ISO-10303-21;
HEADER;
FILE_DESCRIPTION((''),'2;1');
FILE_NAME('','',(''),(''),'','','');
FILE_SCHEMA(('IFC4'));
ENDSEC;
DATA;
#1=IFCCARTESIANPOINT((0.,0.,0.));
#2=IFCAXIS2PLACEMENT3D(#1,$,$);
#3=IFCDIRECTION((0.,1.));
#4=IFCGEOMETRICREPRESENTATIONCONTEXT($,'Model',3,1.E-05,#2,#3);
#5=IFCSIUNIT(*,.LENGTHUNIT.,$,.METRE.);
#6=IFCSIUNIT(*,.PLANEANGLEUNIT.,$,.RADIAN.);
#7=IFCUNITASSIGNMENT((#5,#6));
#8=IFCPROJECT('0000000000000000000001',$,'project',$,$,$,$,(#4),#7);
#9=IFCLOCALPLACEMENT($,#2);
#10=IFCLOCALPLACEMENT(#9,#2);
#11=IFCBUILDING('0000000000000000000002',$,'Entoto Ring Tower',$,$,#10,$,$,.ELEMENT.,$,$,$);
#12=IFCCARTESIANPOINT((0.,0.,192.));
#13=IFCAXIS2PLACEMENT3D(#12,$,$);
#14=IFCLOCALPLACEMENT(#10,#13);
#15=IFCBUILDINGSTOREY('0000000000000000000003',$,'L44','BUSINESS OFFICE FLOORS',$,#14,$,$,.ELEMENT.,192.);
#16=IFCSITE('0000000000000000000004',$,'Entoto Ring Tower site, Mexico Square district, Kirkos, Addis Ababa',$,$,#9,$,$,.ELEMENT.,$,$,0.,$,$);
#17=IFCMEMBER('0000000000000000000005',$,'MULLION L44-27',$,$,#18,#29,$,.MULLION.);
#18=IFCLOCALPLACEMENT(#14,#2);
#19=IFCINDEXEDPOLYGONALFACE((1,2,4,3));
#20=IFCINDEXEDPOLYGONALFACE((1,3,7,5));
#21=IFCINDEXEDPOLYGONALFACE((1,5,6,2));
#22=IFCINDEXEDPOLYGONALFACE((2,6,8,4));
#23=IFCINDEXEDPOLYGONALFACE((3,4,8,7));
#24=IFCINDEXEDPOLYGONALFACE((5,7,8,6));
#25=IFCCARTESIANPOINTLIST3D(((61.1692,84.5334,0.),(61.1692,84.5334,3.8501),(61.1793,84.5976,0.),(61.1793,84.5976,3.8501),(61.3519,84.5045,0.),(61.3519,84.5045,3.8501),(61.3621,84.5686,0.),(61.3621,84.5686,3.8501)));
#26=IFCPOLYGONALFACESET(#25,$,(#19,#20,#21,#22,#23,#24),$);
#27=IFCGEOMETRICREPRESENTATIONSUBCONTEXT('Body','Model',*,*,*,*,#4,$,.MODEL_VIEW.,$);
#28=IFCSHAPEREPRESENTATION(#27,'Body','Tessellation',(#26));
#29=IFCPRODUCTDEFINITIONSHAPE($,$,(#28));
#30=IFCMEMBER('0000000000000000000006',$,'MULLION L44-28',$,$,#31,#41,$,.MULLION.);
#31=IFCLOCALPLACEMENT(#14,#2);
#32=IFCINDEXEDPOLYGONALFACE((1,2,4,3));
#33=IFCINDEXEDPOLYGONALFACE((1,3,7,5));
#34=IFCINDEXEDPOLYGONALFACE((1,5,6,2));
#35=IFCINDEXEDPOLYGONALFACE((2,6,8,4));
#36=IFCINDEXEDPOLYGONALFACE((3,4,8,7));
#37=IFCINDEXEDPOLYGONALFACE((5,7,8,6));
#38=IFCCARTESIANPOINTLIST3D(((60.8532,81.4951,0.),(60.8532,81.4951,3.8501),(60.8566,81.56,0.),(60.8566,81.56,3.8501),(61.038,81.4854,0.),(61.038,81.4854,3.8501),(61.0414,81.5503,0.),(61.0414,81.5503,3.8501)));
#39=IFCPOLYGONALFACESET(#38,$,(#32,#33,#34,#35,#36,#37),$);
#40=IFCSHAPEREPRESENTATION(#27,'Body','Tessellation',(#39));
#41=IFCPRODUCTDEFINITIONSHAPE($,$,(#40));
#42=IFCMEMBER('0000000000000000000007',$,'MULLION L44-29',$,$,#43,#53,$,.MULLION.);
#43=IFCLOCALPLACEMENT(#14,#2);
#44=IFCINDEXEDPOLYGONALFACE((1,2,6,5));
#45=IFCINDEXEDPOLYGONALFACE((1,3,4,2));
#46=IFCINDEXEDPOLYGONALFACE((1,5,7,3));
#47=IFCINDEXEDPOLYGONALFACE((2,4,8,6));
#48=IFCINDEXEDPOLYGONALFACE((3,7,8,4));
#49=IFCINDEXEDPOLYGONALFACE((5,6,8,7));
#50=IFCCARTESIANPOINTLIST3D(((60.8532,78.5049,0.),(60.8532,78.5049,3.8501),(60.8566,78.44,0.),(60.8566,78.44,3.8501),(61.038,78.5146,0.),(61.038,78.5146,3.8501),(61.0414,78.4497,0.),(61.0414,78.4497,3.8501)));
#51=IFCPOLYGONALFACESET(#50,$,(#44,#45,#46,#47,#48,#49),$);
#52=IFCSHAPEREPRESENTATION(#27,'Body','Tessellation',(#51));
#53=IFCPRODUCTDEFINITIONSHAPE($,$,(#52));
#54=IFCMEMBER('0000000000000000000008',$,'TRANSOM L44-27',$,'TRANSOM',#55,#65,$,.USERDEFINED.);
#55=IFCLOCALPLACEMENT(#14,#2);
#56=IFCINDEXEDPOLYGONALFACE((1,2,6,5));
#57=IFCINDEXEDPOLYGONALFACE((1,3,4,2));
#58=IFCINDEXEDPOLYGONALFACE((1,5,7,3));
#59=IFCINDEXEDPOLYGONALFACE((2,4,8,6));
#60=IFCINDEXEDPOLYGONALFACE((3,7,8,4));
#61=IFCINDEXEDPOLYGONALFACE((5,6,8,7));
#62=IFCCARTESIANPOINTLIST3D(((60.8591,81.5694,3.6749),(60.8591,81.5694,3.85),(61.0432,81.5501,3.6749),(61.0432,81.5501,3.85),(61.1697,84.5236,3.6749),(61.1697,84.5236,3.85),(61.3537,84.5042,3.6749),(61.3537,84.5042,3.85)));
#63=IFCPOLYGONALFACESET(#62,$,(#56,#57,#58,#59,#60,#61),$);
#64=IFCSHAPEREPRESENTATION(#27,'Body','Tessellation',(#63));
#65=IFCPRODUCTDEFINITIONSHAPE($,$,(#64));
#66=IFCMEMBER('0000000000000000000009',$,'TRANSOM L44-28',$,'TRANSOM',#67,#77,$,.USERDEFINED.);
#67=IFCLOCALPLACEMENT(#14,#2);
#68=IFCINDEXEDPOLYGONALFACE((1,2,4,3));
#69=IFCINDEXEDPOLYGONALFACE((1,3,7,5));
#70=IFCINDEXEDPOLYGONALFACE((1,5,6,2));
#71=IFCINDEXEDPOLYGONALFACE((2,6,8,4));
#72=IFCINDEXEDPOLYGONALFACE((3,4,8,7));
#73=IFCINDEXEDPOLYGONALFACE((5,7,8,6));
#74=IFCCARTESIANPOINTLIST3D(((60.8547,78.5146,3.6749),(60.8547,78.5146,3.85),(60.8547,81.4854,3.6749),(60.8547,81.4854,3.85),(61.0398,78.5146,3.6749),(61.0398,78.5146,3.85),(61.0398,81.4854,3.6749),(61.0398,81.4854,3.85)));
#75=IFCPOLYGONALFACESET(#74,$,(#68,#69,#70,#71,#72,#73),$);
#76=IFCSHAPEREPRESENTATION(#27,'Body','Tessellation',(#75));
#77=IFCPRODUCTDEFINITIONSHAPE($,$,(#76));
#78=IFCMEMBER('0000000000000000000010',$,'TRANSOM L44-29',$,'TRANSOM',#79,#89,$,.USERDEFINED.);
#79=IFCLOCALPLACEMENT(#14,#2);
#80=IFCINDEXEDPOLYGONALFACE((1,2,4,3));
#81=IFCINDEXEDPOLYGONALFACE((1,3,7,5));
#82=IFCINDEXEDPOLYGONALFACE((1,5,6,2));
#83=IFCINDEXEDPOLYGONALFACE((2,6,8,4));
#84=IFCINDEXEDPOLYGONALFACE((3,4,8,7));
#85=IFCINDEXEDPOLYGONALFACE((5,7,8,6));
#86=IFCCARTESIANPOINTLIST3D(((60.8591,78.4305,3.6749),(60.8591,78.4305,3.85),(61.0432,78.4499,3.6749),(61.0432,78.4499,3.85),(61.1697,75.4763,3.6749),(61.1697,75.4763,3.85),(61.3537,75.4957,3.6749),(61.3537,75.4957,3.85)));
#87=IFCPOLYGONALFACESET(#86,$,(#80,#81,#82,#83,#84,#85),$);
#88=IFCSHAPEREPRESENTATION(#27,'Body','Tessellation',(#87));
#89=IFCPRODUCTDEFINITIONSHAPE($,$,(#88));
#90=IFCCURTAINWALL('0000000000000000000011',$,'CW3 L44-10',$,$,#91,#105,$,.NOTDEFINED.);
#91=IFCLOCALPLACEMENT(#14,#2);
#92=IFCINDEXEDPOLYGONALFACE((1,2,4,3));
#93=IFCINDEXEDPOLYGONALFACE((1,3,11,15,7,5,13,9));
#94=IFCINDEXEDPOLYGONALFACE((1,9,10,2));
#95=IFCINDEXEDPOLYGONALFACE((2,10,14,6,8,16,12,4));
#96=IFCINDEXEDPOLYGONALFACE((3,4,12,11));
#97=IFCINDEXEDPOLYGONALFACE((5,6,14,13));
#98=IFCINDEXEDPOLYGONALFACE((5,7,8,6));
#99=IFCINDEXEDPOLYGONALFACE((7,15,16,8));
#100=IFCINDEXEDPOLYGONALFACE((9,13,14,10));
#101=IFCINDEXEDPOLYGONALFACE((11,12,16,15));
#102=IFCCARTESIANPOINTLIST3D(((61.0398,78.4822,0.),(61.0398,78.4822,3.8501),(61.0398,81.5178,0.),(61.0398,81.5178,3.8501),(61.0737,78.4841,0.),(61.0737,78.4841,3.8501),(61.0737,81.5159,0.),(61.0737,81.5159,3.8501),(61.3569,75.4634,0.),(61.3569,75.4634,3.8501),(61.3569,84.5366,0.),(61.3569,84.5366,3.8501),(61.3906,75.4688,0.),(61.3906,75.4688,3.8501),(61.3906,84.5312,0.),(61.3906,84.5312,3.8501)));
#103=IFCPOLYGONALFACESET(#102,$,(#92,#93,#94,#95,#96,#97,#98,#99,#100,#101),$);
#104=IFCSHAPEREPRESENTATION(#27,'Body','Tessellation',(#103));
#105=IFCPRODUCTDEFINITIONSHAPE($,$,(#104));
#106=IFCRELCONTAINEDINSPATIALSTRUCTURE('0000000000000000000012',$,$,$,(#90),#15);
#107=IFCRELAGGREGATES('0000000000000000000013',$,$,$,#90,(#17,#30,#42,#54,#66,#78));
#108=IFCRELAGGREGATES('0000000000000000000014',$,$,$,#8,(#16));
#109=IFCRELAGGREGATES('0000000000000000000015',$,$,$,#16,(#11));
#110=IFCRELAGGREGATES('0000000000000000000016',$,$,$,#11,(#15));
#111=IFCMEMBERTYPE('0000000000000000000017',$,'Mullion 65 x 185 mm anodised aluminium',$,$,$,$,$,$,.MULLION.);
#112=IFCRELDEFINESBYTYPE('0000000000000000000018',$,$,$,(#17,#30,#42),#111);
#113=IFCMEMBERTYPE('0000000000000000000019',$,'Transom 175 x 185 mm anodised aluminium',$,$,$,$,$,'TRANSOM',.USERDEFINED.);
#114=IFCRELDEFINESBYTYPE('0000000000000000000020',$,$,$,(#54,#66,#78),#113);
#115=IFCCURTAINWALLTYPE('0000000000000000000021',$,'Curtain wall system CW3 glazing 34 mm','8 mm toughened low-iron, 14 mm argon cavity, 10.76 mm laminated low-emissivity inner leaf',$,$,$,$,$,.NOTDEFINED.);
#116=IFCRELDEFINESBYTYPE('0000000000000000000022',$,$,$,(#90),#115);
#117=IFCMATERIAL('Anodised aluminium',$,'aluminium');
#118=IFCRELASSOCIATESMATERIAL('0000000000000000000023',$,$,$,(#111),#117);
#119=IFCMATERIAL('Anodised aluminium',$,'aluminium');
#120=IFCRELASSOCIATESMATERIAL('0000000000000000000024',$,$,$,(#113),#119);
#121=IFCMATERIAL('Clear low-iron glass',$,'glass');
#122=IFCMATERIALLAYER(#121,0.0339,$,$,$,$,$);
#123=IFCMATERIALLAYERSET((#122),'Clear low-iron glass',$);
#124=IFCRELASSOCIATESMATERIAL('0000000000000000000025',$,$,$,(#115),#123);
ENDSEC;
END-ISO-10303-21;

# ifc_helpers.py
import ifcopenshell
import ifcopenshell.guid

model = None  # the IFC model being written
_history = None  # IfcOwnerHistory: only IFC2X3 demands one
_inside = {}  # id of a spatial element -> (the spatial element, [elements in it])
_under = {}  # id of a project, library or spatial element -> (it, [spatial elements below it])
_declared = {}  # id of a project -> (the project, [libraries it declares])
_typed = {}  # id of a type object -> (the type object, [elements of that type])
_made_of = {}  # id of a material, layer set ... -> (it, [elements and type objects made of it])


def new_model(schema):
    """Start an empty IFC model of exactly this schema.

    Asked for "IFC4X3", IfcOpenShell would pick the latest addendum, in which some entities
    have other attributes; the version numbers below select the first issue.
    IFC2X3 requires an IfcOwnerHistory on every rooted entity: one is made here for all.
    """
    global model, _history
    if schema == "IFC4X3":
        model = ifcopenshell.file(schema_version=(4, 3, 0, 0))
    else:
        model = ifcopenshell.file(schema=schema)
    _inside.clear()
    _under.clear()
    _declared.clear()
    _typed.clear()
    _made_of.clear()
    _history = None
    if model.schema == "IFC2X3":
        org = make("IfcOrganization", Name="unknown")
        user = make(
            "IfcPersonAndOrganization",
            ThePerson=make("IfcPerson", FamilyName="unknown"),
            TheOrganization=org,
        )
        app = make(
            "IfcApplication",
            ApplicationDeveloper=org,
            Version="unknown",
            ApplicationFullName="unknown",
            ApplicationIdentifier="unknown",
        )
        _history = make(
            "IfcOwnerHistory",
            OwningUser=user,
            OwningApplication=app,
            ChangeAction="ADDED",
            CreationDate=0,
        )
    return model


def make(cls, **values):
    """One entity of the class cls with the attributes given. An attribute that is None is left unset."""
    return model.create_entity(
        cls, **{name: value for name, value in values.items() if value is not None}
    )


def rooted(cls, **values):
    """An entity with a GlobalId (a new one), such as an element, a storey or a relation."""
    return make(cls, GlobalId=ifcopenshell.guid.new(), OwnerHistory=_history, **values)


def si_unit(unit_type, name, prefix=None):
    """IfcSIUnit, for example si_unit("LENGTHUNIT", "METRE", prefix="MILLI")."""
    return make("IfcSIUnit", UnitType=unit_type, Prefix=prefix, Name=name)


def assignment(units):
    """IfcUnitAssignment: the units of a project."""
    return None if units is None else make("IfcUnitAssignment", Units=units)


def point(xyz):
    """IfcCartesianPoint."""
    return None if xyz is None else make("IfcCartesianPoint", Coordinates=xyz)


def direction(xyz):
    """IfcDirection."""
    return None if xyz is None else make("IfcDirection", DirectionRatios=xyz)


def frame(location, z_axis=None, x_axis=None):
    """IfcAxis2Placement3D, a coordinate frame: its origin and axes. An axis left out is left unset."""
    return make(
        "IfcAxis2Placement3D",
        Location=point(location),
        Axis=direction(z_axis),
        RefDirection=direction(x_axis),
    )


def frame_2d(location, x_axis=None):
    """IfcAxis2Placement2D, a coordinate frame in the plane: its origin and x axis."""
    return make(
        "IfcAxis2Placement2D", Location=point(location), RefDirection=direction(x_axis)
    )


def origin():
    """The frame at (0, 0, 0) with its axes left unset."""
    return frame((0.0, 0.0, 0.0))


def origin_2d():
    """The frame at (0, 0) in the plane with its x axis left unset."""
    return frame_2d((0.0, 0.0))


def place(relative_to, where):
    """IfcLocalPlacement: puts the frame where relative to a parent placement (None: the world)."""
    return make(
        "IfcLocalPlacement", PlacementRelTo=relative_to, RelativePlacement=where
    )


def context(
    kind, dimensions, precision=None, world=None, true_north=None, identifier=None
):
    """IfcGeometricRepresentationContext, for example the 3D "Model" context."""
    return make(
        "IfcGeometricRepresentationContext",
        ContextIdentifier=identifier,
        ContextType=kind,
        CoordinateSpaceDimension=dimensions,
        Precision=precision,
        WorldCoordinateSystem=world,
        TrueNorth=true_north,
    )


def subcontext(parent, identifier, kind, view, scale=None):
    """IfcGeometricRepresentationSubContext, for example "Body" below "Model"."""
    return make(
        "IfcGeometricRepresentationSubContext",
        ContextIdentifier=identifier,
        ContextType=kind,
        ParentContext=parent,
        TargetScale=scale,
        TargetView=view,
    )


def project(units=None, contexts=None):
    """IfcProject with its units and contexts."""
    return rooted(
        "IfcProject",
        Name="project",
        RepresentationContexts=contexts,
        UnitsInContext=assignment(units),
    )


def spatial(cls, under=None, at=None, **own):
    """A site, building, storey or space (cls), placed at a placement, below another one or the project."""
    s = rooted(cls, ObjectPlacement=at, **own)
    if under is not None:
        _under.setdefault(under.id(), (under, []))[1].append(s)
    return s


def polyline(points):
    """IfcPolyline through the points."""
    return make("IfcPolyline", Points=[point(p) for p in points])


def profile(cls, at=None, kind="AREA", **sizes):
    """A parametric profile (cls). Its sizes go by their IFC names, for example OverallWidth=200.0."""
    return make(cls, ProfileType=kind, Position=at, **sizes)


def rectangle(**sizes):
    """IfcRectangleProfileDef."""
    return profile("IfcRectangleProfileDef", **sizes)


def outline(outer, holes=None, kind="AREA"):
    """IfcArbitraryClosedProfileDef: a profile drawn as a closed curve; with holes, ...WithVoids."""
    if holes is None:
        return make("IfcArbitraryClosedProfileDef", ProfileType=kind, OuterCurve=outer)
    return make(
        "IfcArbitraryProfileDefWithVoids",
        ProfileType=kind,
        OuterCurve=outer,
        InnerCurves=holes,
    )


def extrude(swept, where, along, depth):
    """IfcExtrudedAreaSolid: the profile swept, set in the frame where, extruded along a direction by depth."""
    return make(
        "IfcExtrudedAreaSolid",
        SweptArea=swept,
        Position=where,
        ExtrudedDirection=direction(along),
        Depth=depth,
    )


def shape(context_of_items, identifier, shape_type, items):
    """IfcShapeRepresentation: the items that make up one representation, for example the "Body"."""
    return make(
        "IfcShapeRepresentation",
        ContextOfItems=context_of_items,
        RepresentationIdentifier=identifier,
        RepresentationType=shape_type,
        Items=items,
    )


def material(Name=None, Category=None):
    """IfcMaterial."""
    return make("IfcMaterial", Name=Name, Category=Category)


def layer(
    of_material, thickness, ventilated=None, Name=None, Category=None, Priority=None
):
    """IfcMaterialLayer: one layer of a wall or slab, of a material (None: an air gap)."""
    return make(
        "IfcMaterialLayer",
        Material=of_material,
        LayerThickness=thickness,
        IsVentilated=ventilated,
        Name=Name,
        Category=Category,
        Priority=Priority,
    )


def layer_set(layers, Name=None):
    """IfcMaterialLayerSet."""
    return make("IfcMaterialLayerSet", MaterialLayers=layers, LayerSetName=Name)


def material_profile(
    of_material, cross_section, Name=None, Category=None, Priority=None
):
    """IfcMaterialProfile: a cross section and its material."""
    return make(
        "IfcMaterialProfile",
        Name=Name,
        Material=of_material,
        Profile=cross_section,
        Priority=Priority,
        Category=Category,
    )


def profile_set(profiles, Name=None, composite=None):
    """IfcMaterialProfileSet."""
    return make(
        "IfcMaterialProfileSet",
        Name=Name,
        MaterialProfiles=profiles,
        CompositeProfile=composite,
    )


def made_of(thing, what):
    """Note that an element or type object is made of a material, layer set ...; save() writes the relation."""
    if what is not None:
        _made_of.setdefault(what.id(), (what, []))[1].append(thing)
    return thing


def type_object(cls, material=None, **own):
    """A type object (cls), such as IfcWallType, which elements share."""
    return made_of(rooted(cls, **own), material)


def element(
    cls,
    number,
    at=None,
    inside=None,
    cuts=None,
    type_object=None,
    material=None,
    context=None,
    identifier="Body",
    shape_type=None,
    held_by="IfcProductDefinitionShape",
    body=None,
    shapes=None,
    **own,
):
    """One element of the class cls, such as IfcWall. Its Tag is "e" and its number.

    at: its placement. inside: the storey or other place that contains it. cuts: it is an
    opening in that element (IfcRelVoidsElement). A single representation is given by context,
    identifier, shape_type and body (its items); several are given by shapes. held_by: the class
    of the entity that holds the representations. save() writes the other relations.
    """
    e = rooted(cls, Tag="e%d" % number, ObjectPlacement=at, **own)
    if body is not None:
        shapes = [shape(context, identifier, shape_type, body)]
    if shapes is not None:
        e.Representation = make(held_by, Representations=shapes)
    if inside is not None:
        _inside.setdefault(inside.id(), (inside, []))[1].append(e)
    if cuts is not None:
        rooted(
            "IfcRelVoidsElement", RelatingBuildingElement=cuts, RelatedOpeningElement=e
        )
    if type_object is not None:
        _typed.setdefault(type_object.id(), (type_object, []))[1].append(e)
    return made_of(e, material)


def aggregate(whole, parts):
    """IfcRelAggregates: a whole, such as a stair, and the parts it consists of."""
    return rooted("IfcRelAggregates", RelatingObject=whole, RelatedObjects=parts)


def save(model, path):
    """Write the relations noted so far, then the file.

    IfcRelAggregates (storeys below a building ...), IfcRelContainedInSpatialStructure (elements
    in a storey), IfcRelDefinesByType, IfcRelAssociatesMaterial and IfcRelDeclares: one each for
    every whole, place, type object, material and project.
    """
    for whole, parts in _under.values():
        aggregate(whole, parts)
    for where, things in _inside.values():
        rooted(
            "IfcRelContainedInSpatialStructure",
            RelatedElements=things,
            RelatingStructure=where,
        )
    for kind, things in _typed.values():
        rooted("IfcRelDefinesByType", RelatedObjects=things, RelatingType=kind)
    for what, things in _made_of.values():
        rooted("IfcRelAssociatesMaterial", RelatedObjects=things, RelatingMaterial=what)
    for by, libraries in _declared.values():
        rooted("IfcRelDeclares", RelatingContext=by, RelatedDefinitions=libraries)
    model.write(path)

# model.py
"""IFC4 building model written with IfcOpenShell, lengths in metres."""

from ifc_helpers import new_model, si_unit, direction, frame, origin, origin_2d, place, context, subcontext, project, spatial, polyline, rectangle, outline, extrude, material, layer, layer_set, material_profile, profile_set, type_object, element, aggregate, save


model = new_model("IFC4")

# Units and contexts
model_context = context("Model", 3, precision=1e-05, world=origin(), true_north=direction((0.0, 1.0)))
body_context = subcontext(model_context, "Body", "Model", "MODEL_VIEW")
ifc_project = project(units=[si_unit("LENGTHUNIT", "METRE"), si_unit("PLANEANGLEUNIT", "RADIAN")], contexts=[model_context])

# Members
ifc_material_1 = material(Name="Anodised aluminium", Category="aluminium")
ifc_material_profile_1 = material_profile(ifc_material_1, rectangle(XDim=0.0649, YDim=0.1851, at=origin_2d()), Name="Mullion 65 x 185 mm anodised aluminium")
ifc_profile_set_1 = profile_set([ifc_material_profile_1], Name="Anodised aluminium")
member_type_1 = type_object("IfcMemberType", Name="Mullion 65 x 185 mm anodised aluminium", PredefinedType="MULLION", material=ifc_profile_set_1)
site_placement = place(None, origin())
building_placement = place(site_placement, origin())
storey_placement = place(building_placement, frame((0.0, 0.0, 192.0)))
member_1_placement = place(storey_placement, frame((61.2656, 84.551, 0.0), z_axis=(0.0, 0.0, 1.0), x_axis=(-0.156434, -0.987688, 0.0)))
member_1 = element("IfcMember", 1, at=member_1_placement, type_object=member_type_1, Name="MULLION L44-27", PredefinedType="MULLION", context=body_context, shape_type="SweptSolid", body=[
    extrude(rectangle(XDim=0.0649, YDim=0.1851, at=origin_2d()), origin(), (0.0, 0.0, 1.0), 3.8501),
])
member_2_placement = place(storey_placement, frame((60.9473, 81.5227, 0.0), z_axis=(0.0, 0.0, 1.0), x_axis=(-0.052336, -0.99863, 0.0)))
member_2 = element("IfcMember", 2, at=member_2_placement, type_object=member_type_1, Name="MULLION L44-28", PredefinedType="MULLION", context=body_context, shape_type="SweptSolid", body=[
    extrude(rectangle(XDim=0.0649, YDim=0.1851, at=origin_2d()), origin(), (0.0, 0.0, 1.0), 3.8501),
])
member_3_placement = place(storey_placement, frame((60.9473, 78.4773, 0.0), z_axis=(0.0, 0.0, 1.0), x_axis=(0.052336, -0.99863, 0.0)))
member_3 = element("IfcMember", 3, at=member_3_placement, type_object=member_type_1, Name="MULLION L44-29", PredefinedType="MULLION", context=body_context, shape_type="SweptSolid", body=[
    extrude(rectangle(XDim=0.0649, YDim=0.1851, at=origin_2d()), origin(), (0.0, 0.0, 1.0), 3.8501),
])
ifc_material_2 = material(Name="Anodised aluminium", Category="aluminium")
ifc_material_profile_2 = material_profile(ifc_material_2, rectangle(XDim=0.1851, YDim=0.175, at=origin_2d()), Name="Transom 175 x 185 mm anodised aluminium")
ifc_profile_set_2 = profile_set([ifc_material_profile_2], Name="Anodised aluminium")
member_type_2 = type_object("IfcMemberType", Name="Transom 175 x 185 mm anodised aluminium", ElementType="TRANSOM", PredefinedType="USERDEFINED", material=ifc_profile_set_2)
member_4_placement = place(storey_placement, frame((61.2617, 84.5139, 3.7625), z_axis=(-0.104548, -0.99452, 0.0), x_axis=(0.99452, -0.104548, 0.0)))
member_4 = element("IfcMember", 4, at=member_4_placement, type_object=member_type_2, Name="TRANSOM L44-27", ObjectType="TRANSOM", PredefinedType="USERDEFINED", context=body_context, shape_type="SweptSolid", body=[
    extrude(rectangle(XDim=0.1851, YDim=0.175, at=origin_2d()), origin(), (0.0, 0.0, 1.0), 2.9705),
])
member_5_placement = place(storey_placement, frame((60.9473, 81.4854, 3.7625), z_axis=(0.0, -1.0, 0.0), x_axis=(1.0, 0.0, 0.0)))
member_5 = element("IfcMember", 5, at=member_5_placement, type_object=member_type_2, Name="TRANSOM L44-28", ObjectType="TRANSOM", PredefinedType="USERDEFINED", context=body_context, shape_type="SweptSolid", body=[
    extrude(rectangle(XDim=0.1851, YDim=0.175, at=origin_2d()), origin(), (0.0, 0.0, 1.0), 2.9707),
])
member_6_placement = place(storey_placement, frame((60.9512, 78.4402, 3.7625), z_axis=(0.104548, -0.99452, 0.0), x_axis=(0.99452, 0.104548, 0.0)))
member_6 = element("IfcMember", 6, at=member_6_placement, type_object=member_type_2, Name="TRANSOM L44-29", ObjectType="TRANSOM", PredefinedType="USERDEFINED", context=body_context, shape_type="SweptSolid", body=[
    extrude(rectangle(XDim=0.1851, YDim=0.175, at=origin_2d()), origin(), (0.0, 0.0, 1.0), 2.9705),
])

# Site, building, storey
site = spatial("IfcSite", under=ifc_project, at=site_placement, Name="Entoto Ring Tower site, Mexico Square district, Kirkos, Addis Ababa", CompositionType="ELEMENT", RefElevation=0.0)
building = spatial("IfcBuilding", under=site, at=building_placement, Name="Entoto Ring Tower", CompositionType="ELEMENT")
storey = spatial("IfcBuildingStorey", under=building, at=storey_placement, Name="L44", Description="BUSINESS OFFICE FLOORS", CompositionType="ELEMENT", Elevation=192.0)

# Curtain wall
ifc_material_3 = material(Name="Clear low-iron glass", Category="glass")
ifc_layer = layer(ifc_material_3, 0.0339)
ifc_layer_set = layer_set([ifc_layer], Name="Clear low-iron glass")
curtain_wall_type = type_object("IfcCurtainWallType", Name="Curtain wall system CW3 glazing 34 mm", Description="8 mm toughened low-iron, 14 mm argon cavity, 10.76 mm laminated low-emissivity inner leaf", PredefinedType="NOTDEFINED", material=ifc_layer_set)
curtain_wall_1_placement = place(storey_placement, origin())
curtain_wall_1 = element("IfcCurtainWall", 7, at=curtain_wall_1_placement, inside=storey, type_object=curtain_wall_type, Name="CW3 L44-10", PredefinedType="NOTDEFINED", context=body_context, shape_type="SweptSolid", body=[
    extrude(outline(polyline([(61.3569, 84.5366), (61.0398, 81.5178), (61.0398, 78.4822), (61.3569, 75.4634), (61.3906, 75.4688), (61.0737, 78.4841), (61.0737, 81.5159), (61.3906, 84.5312), (61.3569, 84.5366)])), origin(), (0.0, 0.0, 1.0), 3.8501),
])
aggregate(curtain_wall_1, [member_1, member_2, member_3, member_4, member_5, member_6])

save(model, "model.ifc")
